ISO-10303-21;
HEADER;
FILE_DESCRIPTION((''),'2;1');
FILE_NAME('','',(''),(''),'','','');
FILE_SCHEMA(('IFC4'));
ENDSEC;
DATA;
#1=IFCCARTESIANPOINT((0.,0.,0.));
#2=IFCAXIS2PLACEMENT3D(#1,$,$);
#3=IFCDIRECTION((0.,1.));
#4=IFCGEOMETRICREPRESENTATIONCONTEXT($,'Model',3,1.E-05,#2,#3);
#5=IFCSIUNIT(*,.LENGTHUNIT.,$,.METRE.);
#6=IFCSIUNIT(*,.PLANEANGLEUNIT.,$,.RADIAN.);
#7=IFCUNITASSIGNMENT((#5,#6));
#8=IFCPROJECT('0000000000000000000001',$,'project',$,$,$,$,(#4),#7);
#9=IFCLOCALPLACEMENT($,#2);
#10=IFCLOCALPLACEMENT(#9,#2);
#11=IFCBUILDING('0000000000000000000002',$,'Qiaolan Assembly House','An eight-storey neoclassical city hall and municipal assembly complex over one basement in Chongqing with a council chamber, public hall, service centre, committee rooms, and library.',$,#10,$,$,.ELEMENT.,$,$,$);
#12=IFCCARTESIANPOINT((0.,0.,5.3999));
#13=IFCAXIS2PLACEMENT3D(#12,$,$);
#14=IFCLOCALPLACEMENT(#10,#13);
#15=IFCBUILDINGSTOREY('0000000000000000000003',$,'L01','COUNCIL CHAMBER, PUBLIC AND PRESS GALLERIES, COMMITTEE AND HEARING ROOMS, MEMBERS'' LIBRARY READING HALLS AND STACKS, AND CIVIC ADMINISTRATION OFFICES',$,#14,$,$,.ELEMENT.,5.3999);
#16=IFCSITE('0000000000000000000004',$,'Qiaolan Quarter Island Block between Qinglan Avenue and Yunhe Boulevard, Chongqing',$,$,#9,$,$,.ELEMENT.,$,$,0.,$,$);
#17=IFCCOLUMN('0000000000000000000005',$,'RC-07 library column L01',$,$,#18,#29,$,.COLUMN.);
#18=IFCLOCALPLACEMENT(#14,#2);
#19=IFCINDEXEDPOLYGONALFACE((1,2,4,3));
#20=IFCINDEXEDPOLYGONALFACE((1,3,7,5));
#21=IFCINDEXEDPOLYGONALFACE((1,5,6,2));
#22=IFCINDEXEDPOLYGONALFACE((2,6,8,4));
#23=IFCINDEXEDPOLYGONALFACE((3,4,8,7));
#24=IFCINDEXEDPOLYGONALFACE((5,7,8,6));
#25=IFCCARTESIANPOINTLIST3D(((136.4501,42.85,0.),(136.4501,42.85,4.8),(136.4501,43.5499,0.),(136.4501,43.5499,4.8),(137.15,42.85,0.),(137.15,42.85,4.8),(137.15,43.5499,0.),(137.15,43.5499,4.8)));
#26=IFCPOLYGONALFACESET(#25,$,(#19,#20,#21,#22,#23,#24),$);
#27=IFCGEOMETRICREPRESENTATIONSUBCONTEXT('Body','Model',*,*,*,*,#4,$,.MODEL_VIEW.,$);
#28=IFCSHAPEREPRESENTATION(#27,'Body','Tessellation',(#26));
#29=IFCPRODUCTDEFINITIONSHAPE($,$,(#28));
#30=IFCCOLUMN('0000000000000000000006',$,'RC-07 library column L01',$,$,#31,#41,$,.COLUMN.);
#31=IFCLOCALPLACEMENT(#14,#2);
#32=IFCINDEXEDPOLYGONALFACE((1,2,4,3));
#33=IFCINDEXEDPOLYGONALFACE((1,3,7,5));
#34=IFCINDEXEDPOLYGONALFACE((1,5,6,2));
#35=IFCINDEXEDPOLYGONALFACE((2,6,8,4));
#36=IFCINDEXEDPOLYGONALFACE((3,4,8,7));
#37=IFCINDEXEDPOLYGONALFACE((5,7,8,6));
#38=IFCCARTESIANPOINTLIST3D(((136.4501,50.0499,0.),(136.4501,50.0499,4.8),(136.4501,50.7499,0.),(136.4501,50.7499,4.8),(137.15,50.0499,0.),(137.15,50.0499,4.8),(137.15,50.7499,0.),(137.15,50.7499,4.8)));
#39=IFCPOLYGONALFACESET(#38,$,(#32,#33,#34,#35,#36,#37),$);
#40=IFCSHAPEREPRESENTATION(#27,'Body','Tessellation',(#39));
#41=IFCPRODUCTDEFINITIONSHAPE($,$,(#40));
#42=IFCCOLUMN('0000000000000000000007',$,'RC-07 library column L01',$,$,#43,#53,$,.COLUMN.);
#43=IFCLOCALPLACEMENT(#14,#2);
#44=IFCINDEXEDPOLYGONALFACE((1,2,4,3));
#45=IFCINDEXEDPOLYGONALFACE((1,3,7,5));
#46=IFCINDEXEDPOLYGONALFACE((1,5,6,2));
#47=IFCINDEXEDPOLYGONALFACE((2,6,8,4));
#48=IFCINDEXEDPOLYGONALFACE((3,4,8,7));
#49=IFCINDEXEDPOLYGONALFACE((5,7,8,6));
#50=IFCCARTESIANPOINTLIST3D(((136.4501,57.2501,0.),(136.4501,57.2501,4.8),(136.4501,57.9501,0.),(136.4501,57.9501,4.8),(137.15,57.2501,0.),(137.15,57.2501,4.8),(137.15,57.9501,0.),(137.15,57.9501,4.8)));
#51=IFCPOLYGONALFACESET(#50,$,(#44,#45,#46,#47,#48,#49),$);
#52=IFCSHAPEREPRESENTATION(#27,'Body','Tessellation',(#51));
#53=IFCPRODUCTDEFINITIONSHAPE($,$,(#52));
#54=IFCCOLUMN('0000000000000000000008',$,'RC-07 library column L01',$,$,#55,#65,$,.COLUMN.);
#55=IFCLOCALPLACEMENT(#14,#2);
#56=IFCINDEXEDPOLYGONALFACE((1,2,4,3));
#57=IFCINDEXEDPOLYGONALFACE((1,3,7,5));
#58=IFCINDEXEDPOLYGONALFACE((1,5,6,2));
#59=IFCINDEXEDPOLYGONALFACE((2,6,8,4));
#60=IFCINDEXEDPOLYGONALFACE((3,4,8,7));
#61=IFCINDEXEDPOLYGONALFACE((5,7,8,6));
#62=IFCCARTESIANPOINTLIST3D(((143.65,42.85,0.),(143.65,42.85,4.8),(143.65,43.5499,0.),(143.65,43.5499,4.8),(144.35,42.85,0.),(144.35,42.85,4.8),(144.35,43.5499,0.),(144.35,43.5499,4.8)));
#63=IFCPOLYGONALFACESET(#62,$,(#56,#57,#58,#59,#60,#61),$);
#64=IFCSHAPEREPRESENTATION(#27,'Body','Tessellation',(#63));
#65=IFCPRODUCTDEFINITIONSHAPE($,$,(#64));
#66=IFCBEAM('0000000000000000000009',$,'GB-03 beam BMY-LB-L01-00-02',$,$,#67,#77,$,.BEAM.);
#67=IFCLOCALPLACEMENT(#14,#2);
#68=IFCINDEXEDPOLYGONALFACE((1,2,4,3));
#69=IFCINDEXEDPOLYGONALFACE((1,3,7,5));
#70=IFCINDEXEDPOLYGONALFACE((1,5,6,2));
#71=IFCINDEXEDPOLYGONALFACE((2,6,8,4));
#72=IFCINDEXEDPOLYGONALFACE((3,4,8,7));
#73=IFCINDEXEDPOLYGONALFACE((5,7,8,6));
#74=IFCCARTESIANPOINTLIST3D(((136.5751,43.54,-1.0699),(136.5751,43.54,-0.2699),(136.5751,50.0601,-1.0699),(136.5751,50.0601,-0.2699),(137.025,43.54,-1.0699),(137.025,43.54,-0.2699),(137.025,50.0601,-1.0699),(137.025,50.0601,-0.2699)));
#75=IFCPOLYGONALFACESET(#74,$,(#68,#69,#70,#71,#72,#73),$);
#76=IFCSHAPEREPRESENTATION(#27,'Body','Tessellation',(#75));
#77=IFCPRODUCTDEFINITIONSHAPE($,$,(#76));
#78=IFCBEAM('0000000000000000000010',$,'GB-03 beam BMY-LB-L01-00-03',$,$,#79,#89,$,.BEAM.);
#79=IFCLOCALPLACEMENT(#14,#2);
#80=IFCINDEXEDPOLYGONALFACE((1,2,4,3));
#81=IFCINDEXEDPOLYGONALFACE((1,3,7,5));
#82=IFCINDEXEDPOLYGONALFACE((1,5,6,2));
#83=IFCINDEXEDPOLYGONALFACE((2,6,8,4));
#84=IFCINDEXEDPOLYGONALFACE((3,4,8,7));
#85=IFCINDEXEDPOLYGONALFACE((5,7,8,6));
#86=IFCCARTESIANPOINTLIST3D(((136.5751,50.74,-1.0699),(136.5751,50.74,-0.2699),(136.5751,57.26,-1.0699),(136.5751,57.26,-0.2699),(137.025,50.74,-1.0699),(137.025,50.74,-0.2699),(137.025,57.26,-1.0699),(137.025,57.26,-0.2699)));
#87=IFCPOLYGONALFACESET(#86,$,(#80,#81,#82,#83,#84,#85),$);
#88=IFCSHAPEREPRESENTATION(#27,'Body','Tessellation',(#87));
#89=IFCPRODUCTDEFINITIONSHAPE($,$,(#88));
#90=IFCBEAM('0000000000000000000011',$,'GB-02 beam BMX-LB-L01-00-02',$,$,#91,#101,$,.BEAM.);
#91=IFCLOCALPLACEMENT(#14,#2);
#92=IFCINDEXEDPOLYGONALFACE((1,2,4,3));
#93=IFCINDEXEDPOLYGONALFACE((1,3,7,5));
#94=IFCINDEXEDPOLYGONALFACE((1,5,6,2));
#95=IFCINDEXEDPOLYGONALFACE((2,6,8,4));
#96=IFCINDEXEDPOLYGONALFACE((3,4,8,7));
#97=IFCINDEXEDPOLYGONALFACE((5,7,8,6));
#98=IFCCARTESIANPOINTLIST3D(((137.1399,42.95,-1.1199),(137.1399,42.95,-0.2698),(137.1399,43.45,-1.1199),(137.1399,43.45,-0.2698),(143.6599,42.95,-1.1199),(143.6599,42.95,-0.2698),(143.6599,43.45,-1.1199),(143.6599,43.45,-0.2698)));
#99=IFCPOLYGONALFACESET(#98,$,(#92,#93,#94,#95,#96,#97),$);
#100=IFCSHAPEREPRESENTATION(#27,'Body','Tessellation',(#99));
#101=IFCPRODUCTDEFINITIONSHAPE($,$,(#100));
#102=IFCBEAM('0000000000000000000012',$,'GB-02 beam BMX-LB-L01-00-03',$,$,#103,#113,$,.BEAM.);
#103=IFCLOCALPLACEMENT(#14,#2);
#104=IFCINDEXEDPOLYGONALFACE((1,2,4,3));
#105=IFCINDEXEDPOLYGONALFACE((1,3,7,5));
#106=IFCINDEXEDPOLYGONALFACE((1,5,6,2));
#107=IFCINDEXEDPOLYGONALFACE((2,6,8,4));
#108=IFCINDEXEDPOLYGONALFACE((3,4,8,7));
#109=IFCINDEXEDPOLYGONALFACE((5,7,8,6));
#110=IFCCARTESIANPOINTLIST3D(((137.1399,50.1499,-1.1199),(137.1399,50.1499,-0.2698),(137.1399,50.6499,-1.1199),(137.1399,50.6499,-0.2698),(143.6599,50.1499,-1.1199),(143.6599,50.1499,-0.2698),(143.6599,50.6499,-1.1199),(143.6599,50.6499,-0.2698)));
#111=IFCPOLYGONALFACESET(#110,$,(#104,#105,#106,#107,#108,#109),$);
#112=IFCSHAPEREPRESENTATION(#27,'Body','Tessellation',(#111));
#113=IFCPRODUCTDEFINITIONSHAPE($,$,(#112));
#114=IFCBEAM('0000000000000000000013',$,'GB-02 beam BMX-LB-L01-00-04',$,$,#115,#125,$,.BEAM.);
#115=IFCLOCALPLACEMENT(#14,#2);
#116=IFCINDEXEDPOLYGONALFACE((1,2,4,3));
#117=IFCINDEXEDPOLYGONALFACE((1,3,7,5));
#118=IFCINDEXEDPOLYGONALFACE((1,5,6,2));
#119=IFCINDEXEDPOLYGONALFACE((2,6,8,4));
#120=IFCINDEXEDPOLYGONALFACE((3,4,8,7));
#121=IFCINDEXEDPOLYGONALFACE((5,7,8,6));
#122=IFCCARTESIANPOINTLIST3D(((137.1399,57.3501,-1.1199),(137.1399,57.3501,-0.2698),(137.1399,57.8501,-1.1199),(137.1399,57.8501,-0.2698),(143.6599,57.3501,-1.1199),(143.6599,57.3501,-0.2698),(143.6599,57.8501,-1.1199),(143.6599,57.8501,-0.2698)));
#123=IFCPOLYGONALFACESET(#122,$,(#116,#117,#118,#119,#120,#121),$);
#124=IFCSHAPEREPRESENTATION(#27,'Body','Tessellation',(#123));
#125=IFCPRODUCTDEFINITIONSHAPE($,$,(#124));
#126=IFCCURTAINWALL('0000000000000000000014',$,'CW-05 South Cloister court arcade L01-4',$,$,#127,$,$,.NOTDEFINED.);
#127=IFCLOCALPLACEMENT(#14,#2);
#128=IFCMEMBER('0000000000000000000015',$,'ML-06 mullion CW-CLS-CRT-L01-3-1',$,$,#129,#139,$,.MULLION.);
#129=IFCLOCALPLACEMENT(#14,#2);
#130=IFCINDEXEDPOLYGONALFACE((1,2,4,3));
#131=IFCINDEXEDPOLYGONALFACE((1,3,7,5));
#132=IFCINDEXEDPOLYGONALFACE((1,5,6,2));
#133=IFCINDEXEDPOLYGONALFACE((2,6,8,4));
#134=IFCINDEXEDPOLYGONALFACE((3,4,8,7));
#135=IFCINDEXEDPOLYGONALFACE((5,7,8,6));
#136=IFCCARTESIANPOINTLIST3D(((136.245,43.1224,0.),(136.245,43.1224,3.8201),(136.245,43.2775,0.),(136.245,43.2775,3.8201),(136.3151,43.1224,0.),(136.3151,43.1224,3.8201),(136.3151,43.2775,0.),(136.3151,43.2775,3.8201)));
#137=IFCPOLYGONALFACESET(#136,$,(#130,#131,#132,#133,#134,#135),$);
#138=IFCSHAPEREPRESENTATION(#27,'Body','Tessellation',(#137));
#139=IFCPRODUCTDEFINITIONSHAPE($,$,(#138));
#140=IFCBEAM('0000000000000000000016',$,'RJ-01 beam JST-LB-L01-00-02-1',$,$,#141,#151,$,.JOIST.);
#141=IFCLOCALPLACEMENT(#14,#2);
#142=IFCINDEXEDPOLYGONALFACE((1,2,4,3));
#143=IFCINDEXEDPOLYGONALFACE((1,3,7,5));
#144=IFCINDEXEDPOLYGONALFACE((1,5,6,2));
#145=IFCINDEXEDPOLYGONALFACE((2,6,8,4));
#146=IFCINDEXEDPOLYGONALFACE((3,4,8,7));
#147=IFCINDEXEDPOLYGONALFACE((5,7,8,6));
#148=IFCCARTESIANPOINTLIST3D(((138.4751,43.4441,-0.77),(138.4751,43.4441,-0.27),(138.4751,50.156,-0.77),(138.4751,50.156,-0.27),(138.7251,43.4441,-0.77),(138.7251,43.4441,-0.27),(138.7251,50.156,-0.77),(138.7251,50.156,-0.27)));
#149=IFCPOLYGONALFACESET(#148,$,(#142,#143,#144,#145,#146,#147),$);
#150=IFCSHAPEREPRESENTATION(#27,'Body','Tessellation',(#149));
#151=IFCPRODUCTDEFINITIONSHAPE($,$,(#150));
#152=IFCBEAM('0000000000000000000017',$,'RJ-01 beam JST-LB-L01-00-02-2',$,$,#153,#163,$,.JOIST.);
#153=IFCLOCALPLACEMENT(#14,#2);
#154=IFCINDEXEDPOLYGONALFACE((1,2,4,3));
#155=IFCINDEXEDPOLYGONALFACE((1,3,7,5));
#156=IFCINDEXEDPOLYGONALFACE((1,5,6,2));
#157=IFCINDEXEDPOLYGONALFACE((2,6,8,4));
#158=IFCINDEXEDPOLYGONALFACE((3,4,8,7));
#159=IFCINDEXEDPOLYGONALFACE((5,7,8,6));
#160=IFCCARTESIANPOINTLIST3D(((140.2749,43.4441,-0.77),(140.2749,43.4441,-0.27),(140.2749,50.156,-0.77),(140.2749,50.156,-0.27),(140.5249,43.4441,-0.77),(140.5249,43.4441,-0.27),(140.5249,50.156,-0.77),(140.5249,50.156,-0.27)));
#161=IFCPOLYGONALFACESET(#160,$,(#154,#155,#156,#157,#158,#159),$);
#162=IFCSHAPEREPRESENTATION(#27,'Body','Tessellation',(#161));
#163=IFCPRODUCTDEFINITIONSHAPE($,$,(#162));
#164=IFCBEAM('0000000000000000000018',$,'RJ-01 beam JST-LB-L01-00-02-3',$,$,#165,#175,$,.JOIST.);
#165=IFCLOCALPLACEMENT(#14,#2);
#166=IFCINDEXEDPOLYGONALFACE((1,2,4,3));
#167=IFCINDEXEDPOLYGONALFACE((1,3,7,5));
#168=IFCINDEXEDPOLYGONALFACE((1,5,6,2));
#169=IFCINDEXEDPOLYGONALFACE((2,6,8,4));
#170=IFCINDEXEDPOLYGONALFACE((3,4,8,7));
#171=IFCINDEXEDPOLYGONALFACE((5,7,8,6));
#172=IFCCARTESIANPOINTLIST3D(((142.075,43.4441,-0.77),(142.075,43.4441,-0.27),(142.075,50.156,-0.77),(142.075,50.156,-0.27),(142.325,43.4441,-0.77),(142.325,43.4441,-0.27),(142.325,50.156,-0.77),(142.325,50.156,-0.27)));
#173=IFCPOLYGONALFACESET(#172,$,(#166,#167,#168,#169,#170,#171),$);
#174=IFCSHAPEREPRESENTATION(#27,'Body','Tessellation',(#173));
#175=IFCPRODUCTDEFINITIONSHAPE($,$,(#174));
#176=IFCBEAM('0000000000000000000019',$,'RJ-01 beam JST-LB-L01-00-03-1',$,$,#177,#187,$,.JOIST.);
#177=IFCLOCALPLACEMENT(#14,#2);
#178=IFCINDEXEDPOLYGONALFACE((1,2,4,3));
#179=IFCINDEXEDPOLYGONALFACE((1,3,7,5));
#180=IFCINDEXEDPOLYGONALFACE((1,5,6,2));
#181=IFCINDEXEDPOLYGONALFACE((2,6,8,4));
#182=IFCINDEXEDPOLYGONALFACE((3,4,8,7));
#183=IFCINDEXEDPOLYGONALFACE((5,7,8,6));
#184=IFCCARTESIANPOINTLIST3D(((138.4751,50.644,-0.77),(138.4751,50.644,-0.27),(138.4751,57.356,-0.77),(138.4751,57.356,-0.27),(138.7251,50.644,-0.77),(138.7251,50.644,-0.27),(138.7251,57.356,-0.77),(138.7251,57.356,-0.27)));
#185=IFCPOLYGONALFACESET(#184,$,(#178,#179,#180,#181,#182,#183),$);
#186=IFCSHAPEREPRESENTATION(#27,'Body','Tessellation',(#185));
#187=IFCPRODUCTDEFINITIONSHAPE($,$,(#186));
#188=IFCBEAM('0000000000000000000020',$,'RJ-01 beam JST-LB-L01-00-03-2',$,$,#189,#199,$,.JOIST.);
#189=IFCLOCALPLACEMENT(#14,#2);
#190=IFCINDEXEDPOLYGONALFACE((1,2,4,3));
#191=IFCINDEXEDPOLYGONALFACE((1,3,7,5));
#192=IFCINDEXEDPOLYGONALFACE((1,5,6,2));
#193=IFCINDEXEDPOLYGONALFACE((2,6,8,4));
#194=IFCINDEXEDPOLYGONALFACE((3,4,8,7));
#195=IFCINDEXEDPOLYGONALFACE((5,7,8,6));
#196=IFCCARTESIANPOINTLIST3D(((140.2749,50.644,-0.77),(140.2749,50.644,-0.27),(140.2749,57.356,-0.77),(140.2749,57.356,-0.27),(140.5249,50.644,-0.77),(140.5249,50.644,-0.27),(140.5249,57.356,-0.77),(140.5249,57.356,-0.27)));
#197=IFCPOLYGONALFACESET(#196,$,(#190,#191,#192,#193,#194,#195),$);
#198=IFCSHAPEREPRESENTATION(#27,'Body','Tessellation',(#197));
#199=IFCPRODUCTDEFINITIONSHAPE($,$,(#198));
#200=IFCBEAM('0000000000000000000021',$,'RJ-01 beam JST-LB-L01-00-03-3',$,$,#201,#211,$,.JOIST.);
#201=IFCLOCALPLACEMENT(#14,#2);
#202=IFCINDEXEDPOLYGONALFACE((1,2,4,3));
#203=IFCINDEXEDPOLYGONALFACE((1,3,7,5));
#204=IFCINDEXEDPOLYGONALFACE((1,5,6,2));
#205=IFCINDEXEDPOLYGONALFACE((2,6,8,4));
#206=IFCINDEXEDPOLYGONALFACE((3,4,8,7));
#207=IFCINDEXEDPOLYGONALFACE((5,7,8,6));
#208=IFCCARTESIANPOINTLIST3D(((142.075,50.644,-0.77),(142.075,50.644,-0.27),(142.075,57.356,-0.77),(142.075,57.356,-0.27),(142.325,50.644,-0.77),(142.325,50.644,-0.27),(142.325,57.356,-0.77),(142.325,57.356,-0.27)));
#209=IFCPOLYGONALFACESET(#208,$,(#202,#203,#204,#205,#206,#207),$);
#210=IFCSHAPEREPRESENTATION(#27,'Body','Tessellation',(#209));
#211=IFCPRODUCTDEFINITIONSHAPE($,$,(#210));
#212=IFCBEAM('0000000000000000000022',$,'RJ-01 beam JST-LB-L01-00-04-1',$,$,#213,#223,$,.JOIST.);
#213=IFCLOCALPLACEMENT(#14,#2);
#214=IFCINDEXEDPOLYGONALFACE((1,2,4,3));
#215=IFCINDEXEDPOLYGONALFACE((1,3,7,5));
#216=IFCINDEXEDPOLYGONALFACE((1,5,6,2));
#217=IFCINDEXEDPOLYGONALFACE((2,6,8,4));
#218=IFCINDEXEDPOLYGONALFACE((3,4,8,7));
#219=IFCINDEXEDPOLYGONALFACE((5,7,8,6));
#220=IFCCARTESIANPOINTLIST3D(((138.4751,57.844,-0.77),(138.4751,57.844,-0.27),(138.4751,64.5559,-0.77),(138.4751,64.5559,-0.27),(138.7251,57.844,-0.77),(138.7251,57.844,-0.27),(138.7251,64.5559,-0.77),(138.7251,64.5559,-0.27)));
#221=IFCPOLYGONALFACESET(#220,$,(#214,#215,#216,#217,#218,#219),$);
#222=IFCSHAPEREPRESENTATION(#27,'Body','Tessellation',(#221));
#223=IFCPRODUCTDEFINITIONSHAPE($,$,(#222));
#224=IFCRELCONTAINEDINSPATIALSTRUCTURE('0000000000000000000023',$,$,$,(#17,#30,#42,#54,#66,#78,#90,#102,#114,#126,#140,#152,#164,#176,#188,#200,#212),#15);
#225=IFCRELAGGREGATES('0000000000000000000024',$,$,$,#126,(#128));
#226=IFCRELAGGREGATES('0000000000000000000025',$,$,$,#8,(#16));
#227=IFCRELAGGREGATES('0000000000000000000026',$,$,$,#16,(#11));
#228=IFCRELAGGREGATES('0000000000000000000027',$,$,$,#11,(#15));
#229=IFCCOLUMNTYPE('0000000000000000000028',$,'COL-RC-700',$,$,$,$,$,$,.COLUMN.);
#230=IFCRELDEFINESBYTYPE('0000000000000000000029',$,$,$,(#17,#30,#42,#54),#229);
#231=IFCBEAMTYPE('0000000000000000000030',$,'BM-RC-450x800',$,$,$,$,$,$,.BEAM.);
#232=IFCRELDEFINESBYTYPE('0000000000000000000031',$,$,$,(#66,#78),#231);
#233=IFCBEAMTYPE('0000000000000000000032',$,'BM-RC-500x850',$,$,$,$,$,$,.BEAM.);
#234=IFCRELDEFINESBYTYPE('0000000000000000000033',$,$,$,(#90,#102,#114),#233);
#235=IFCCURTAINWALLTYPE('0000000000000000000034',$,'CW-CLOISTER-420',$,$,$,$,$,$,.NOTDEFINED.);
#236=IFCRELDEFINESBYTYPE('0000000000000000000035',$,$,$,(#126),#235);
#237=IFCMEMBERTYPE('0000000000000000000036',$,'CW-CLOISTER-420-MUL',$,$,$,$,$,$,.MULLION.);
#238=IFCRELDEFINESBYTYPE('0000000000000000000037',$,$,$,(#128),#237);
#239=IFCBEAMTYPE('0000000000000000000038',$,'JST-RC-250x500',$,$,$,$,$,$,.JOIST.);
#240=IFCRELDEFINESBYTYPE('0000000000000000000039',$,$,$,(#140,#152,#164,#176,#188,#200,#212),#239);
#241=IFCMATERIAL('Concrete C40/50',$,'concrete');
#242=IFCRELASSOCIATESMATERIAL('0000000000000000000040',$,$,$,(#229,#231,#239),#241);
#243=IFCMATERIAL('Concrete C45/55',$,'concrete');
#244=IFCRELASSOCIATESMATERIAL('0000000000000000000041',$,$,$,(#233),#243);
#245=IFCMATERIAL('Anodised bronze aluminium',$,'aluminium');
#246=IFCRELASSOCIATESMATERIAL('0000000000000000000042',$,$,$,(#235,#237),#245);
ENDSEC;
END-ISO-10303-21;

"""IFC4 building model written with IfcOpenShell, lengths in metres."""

from ifc_helpers import new_model, si_unit, direction, frame, origin, origin_2d, place, context, subcontext, project, spatial, rectangle, extrude, material, material_profile, profile_set, type_object, element, aggregate, save


model = new_model("IFC4")

# Units and contexts
model_context = context("Model", 3, precision=1e-05, world=origin(), true_north=direction((0.0, 1.0)))
body_context = subcontext(model_context, "Body", "Model", "MODEL_VIEW")
ifc_project = project(units=[si_unit("LENGTHUNIT", "METRE"), si_unit("PLANEANGLEUNIT", "RADIAN")], contexts=[model_context])

# Site, building, storey
site_placement = place(None, origin())
site = spatial("IfcSite", under=ifc_project, at=site_placement, Name="Qiaolan Quarter Island Block between Qinglan Avenue and Yunhe Boulevard, Chongqing", CompositionType="ELEMENT", RefElevation=0.0)
building_placement = place(site_placement, origin())
building = spatial("IfcBuilding", under=site, at=building_placement, Name="Qiaolan Assembly House", Description="An eight-storey neoclassical city hall and municipal assembly complex over one basement in Chongqing with a council chamber, public hall, service centre, committee rooms, and library.", CompositionType="ELEMENT")
storey_placement = place(building_placement, frame((0.0, 0.0, 5.3999)))
storey = spatial("IfcBuildingStorey", under=building, at=storey_placement, Name="L01", Description="COUNCIL CHAMBER, PUBLIC AND PRESS GALLERIES, COMMITTEE AND HEARING ROOMS, MEMBERS' LIBRARY READING HALLS AND STACKS, AND CIVIC ADMINISTRATION OFFICES", CompositionType="ELEMENT", Elevation=5.3999)

# Columns
ifc_material_1 = material(Name="Concrete C40/50", Category="concrete")
ifc_material_profile_1 = material_profile(ifc_material_1, rectangle(XDim=0.7, YDim=0.7, at=origin_2d()), Name="RC 700x700")
ifc_profile_set_1 = profile_set([ifc_material_profile_1], Name="Concrete C40/50")
column_type = type_object("IfcColumnType", Name="COL-RC-700", PredefinedType="COLUMN", material=ifc_profile_set_1)
for number, where, z_axis, x_axis, name in (
    (1, (136.8, 43.2, 0.0), (0.0, 0.0, 1.0), (1.0, 0.0, 0.0), "RC-07 library column L01"),
    (2, (136.8, 50.3999, 0.0), (0.0, 0.0, 1.0), (1.0, 0.0, 0.0), "RC-07 library column L01"),
    (3, (136.8, 57.6001, 0.0), (0.0, 0.0, 1.0), (1.0, 0.0, 0.0), "RC-07 library column L01"),
    (4, (144.0, 43.2, 0.0), (0.0, 0.0, 1.0), (1.0, 0.0, 0.0), "RC-07 library column L01"),
):
    element("IfcColumn", number, at=place(storey_placement, frame(where, z_axis=z_axis, x_axis=x_axis)), inside=storey, type_object=column_type, Name=name, PredefinedType="COLUMN", context=body_context, shape_type="SweptSolid", body=[
        extrude(rectangle(XDim=0.7, YDim=0.7, at=origin_2d()), origin(), (0.0, 0.0, 1.0), 4.8),
    ])

# Beams
ifc_material_profile_2 = material_profile(ifc_material_1, rectangle(XDim=0.45, YDim=0.8, at=origin_2d()), Name="RCB 450x800")
ifc_profile_set_2 = profile_set([ifc_material_profile_2], Name="Concrete C40/50")
beam_type_1 = type_object("IfcBeamType", Name="BM-RC-450x800", PredefinedType="BEAM", material=ifc_profile_set_2)
for number, where, z_axis, x_axis, name in (
    (5, (136.8, 43.54, -0.6699), (0.0, 1.0, 0.0), (-1.0, 0.0, 0.0), "GB-03 beam BMY-LB-L01-00-02"),
    (6, (136.8, 50.74, -0.6699), (0.0, 1.0, 0.0), (-1.0, 0.0, 0.0), "GB-03 beam BMY-LB-L01-00-03"),
):
    element("IfcBeam", number, at=place(storey_placement, frame(where, z_axis=z_axis, x_axis=x_axis)), inside=storey, type_object=beam_type_1, Name=name, PredefinedType="BEAM", context=body_context, shape_type="SweptSolid", body=[
        extrude(rectangle(XDim=0.45, YDim=0.8, at=origin_2d()), origin(), (0.0, 0.0, 1.0), 6.52),
    ])
ifc_material_2 = material(Name="Concrete C45/55", Category="concrete")
ifc_material_profile_3 = material_profile(ifc_material_2, rectangle(XDim=0.5, YDim=0.8501, at=origin_2d()), Name="RCB 500x850")
ifc_profile_set_3 = profile_set([ifc_material_profile_3], Name="Concrete C45/55")
beam_type_2 = type_object("IfcBeamType", Name="BM-RC-500x850", PredefinedType="BEAM", material=ifc_profile_set_3)
for number, where, z_axis, x_axis, name in (
    (7, (137.1399, 43.2, -0.6948), (1.0, 0.0, 0.0), (0.0, 1.0, 0.0), "GB-02 beam BMX-LB-L01-00-02"),
    (8, (137.1399, 50.3999, -0.6948), (1.0, 0.0, 0.0), (0.0, 1.0, 0.0), "GB-02 beam BMX-LB-L01-00-03"),
    (9, (137.1399, 57.6001, -0.6948), (1.0, 0.0, 0.0), (0.0, 1.0, 0.0), "GB-02 beam BMX-LB-L01-00-04"),
):
    element("IfcBeam", number, at=place(storey_placement, frame(where, z_axis=z_axis, x_axis=x_axis)), inside=storey, type_object=beam_type_2, Name=name, PredefinedType="BEAM", context=body_context, shape_type="SweptSolid", body=[
        extrude(rectangle(XDim=0.5, YDim=0.8501, at=origin_2d()), origin(), (0.0, 0.0, 1.0), 6.52),
    ])

# Curtain wall, member
ifc_material_3 = material(Name="Anodised bronze aluminium", Category="aluminium")
curtain_wall_type = type_object("IfcCurtainWallType", Name="CW-CLOISTER-420", PredefinedType="NOTDEFINED", material=ifc_material_3)
curtain_wall_placement = place(storey_placement, origin())
curtain_wall = element("IfcCurtainWall", 10, at=curtain_wall_placement, inside=storey, type_object=curtain_wall_type, Name="CW-05 South Cloister court arcade L01-4", PredefinedType="NOTDEFINED")
ifc_material_profile_4 = material_profile(ifc_material_3, rectangle(XDim=0.0701, YDim=0.155, at=origin_2d()), Name="MUL 70x155")
ifc_profile_set_4 = profile_set([ifc_material_profile_4], Name="Anodised bronze aluminium")
member_type = type_object("IfcMemberType", Name="CW-CLOISTER-420-MUL", PredefinedType="MULLION", material=ifc_profile_set_4)
member_placement = place(storey_placement, frame((136.28, 43.2, 0.0), z_axis=(0.0, 0.0, 1.0), x_axis=(-1.0, 0.0, 0.0)))
member = element("IfcMember", 11, at=member_placement, type_object=member_type, Name="ML-06 mullion CW-CLS-CRT-L01-3-1", PredefinedType="MULLION", context=body_context, shape_type="SweptSolid", body=[
    extrude(rectangle(XDim=0.0701, YDim=0.155, at=origin_2d()), origin(), (0.0, 0.0, 1.0), 3.8201),
])

# Beams
ifc_material_profile_5 = material_profile(ifc_material_1, rectangle(XDim=0.25, YDim=0.5, at=origin_2d()), Name="RCB 250x500")
ifc_profile_set_5 = profile_set([ifc_material_profile_5], Name="Concrete C40/50")
beam_type_3 = type_object("IfcBeamType", Name="JST-RC-250x500", PredefinedType="JOIST", material=ifc_profile_set_5)
for number, where, z_axis, x_axis, name in (
    (12, (138.6001, 43.4441, -0.52), (0.0, 1.0, 0.0), (-1.0, 0.0, 0.0), "RJ-01 beam JST-LB-L01-00-02-1"),
    (13, (140.3999, 43.4441, -0.52), (0.0, 1.0, 0.0), (-1.0, 0.0, 0.0), "RJ-01 beam JST-LB-L01-00-02-2"),
    (14, (142.2, 43.4441, -0.52), (0.0, 1.0, 0.0), (-1.0, 0.0, 0.0), "RJ-01 beam JST-LB-L01-00-02-3"),
    (15, (138.6001, 50.644, -0.52), (0.0, 1.0, 0.0), (-1.0, 0.0, 0.0), "RJ-01 beam JST-LB-L01-00-03-1"),
    (16, (140.3999, 50.644, -0.52), (0.0, 1.0, 0.0), (-1.0, 0.0, 0.0), "RJ-01 beam JST-LB-L01-00-03-2"),
    (17, (142.2, 50.644, -0.52), (0.0, 1.0, 0.0), (-1.0, 0.0, 0.0), "RJ-01 beam JST-LB-L01-00-03-3"),
    (18, (138.6001, 57.844, -0.52), (0.0, 1.0, 0.0), (-1.0, 0.0, 0.0), "RJ-01 beam JST-LB-L01-00-04-1"),
):
    element("IfcBeam", number, at=place(storey_placement, frame(where, z_axis=z_axis, x_axis=x_axis)), inside=storey, type_object=beam_type_3, Name=name, PredefinedType="JOIST", context=body_context, shape_type="SweptSolid", body=[
        extrude(rectangle(XDim=0.25, YDim=0.5, at=origin_2d()), origin(), (0.0, 0.0, 1.0), 6.7119),
    ])

aggregate(curtain_wall, [member])

save(model, "model.ifc")
